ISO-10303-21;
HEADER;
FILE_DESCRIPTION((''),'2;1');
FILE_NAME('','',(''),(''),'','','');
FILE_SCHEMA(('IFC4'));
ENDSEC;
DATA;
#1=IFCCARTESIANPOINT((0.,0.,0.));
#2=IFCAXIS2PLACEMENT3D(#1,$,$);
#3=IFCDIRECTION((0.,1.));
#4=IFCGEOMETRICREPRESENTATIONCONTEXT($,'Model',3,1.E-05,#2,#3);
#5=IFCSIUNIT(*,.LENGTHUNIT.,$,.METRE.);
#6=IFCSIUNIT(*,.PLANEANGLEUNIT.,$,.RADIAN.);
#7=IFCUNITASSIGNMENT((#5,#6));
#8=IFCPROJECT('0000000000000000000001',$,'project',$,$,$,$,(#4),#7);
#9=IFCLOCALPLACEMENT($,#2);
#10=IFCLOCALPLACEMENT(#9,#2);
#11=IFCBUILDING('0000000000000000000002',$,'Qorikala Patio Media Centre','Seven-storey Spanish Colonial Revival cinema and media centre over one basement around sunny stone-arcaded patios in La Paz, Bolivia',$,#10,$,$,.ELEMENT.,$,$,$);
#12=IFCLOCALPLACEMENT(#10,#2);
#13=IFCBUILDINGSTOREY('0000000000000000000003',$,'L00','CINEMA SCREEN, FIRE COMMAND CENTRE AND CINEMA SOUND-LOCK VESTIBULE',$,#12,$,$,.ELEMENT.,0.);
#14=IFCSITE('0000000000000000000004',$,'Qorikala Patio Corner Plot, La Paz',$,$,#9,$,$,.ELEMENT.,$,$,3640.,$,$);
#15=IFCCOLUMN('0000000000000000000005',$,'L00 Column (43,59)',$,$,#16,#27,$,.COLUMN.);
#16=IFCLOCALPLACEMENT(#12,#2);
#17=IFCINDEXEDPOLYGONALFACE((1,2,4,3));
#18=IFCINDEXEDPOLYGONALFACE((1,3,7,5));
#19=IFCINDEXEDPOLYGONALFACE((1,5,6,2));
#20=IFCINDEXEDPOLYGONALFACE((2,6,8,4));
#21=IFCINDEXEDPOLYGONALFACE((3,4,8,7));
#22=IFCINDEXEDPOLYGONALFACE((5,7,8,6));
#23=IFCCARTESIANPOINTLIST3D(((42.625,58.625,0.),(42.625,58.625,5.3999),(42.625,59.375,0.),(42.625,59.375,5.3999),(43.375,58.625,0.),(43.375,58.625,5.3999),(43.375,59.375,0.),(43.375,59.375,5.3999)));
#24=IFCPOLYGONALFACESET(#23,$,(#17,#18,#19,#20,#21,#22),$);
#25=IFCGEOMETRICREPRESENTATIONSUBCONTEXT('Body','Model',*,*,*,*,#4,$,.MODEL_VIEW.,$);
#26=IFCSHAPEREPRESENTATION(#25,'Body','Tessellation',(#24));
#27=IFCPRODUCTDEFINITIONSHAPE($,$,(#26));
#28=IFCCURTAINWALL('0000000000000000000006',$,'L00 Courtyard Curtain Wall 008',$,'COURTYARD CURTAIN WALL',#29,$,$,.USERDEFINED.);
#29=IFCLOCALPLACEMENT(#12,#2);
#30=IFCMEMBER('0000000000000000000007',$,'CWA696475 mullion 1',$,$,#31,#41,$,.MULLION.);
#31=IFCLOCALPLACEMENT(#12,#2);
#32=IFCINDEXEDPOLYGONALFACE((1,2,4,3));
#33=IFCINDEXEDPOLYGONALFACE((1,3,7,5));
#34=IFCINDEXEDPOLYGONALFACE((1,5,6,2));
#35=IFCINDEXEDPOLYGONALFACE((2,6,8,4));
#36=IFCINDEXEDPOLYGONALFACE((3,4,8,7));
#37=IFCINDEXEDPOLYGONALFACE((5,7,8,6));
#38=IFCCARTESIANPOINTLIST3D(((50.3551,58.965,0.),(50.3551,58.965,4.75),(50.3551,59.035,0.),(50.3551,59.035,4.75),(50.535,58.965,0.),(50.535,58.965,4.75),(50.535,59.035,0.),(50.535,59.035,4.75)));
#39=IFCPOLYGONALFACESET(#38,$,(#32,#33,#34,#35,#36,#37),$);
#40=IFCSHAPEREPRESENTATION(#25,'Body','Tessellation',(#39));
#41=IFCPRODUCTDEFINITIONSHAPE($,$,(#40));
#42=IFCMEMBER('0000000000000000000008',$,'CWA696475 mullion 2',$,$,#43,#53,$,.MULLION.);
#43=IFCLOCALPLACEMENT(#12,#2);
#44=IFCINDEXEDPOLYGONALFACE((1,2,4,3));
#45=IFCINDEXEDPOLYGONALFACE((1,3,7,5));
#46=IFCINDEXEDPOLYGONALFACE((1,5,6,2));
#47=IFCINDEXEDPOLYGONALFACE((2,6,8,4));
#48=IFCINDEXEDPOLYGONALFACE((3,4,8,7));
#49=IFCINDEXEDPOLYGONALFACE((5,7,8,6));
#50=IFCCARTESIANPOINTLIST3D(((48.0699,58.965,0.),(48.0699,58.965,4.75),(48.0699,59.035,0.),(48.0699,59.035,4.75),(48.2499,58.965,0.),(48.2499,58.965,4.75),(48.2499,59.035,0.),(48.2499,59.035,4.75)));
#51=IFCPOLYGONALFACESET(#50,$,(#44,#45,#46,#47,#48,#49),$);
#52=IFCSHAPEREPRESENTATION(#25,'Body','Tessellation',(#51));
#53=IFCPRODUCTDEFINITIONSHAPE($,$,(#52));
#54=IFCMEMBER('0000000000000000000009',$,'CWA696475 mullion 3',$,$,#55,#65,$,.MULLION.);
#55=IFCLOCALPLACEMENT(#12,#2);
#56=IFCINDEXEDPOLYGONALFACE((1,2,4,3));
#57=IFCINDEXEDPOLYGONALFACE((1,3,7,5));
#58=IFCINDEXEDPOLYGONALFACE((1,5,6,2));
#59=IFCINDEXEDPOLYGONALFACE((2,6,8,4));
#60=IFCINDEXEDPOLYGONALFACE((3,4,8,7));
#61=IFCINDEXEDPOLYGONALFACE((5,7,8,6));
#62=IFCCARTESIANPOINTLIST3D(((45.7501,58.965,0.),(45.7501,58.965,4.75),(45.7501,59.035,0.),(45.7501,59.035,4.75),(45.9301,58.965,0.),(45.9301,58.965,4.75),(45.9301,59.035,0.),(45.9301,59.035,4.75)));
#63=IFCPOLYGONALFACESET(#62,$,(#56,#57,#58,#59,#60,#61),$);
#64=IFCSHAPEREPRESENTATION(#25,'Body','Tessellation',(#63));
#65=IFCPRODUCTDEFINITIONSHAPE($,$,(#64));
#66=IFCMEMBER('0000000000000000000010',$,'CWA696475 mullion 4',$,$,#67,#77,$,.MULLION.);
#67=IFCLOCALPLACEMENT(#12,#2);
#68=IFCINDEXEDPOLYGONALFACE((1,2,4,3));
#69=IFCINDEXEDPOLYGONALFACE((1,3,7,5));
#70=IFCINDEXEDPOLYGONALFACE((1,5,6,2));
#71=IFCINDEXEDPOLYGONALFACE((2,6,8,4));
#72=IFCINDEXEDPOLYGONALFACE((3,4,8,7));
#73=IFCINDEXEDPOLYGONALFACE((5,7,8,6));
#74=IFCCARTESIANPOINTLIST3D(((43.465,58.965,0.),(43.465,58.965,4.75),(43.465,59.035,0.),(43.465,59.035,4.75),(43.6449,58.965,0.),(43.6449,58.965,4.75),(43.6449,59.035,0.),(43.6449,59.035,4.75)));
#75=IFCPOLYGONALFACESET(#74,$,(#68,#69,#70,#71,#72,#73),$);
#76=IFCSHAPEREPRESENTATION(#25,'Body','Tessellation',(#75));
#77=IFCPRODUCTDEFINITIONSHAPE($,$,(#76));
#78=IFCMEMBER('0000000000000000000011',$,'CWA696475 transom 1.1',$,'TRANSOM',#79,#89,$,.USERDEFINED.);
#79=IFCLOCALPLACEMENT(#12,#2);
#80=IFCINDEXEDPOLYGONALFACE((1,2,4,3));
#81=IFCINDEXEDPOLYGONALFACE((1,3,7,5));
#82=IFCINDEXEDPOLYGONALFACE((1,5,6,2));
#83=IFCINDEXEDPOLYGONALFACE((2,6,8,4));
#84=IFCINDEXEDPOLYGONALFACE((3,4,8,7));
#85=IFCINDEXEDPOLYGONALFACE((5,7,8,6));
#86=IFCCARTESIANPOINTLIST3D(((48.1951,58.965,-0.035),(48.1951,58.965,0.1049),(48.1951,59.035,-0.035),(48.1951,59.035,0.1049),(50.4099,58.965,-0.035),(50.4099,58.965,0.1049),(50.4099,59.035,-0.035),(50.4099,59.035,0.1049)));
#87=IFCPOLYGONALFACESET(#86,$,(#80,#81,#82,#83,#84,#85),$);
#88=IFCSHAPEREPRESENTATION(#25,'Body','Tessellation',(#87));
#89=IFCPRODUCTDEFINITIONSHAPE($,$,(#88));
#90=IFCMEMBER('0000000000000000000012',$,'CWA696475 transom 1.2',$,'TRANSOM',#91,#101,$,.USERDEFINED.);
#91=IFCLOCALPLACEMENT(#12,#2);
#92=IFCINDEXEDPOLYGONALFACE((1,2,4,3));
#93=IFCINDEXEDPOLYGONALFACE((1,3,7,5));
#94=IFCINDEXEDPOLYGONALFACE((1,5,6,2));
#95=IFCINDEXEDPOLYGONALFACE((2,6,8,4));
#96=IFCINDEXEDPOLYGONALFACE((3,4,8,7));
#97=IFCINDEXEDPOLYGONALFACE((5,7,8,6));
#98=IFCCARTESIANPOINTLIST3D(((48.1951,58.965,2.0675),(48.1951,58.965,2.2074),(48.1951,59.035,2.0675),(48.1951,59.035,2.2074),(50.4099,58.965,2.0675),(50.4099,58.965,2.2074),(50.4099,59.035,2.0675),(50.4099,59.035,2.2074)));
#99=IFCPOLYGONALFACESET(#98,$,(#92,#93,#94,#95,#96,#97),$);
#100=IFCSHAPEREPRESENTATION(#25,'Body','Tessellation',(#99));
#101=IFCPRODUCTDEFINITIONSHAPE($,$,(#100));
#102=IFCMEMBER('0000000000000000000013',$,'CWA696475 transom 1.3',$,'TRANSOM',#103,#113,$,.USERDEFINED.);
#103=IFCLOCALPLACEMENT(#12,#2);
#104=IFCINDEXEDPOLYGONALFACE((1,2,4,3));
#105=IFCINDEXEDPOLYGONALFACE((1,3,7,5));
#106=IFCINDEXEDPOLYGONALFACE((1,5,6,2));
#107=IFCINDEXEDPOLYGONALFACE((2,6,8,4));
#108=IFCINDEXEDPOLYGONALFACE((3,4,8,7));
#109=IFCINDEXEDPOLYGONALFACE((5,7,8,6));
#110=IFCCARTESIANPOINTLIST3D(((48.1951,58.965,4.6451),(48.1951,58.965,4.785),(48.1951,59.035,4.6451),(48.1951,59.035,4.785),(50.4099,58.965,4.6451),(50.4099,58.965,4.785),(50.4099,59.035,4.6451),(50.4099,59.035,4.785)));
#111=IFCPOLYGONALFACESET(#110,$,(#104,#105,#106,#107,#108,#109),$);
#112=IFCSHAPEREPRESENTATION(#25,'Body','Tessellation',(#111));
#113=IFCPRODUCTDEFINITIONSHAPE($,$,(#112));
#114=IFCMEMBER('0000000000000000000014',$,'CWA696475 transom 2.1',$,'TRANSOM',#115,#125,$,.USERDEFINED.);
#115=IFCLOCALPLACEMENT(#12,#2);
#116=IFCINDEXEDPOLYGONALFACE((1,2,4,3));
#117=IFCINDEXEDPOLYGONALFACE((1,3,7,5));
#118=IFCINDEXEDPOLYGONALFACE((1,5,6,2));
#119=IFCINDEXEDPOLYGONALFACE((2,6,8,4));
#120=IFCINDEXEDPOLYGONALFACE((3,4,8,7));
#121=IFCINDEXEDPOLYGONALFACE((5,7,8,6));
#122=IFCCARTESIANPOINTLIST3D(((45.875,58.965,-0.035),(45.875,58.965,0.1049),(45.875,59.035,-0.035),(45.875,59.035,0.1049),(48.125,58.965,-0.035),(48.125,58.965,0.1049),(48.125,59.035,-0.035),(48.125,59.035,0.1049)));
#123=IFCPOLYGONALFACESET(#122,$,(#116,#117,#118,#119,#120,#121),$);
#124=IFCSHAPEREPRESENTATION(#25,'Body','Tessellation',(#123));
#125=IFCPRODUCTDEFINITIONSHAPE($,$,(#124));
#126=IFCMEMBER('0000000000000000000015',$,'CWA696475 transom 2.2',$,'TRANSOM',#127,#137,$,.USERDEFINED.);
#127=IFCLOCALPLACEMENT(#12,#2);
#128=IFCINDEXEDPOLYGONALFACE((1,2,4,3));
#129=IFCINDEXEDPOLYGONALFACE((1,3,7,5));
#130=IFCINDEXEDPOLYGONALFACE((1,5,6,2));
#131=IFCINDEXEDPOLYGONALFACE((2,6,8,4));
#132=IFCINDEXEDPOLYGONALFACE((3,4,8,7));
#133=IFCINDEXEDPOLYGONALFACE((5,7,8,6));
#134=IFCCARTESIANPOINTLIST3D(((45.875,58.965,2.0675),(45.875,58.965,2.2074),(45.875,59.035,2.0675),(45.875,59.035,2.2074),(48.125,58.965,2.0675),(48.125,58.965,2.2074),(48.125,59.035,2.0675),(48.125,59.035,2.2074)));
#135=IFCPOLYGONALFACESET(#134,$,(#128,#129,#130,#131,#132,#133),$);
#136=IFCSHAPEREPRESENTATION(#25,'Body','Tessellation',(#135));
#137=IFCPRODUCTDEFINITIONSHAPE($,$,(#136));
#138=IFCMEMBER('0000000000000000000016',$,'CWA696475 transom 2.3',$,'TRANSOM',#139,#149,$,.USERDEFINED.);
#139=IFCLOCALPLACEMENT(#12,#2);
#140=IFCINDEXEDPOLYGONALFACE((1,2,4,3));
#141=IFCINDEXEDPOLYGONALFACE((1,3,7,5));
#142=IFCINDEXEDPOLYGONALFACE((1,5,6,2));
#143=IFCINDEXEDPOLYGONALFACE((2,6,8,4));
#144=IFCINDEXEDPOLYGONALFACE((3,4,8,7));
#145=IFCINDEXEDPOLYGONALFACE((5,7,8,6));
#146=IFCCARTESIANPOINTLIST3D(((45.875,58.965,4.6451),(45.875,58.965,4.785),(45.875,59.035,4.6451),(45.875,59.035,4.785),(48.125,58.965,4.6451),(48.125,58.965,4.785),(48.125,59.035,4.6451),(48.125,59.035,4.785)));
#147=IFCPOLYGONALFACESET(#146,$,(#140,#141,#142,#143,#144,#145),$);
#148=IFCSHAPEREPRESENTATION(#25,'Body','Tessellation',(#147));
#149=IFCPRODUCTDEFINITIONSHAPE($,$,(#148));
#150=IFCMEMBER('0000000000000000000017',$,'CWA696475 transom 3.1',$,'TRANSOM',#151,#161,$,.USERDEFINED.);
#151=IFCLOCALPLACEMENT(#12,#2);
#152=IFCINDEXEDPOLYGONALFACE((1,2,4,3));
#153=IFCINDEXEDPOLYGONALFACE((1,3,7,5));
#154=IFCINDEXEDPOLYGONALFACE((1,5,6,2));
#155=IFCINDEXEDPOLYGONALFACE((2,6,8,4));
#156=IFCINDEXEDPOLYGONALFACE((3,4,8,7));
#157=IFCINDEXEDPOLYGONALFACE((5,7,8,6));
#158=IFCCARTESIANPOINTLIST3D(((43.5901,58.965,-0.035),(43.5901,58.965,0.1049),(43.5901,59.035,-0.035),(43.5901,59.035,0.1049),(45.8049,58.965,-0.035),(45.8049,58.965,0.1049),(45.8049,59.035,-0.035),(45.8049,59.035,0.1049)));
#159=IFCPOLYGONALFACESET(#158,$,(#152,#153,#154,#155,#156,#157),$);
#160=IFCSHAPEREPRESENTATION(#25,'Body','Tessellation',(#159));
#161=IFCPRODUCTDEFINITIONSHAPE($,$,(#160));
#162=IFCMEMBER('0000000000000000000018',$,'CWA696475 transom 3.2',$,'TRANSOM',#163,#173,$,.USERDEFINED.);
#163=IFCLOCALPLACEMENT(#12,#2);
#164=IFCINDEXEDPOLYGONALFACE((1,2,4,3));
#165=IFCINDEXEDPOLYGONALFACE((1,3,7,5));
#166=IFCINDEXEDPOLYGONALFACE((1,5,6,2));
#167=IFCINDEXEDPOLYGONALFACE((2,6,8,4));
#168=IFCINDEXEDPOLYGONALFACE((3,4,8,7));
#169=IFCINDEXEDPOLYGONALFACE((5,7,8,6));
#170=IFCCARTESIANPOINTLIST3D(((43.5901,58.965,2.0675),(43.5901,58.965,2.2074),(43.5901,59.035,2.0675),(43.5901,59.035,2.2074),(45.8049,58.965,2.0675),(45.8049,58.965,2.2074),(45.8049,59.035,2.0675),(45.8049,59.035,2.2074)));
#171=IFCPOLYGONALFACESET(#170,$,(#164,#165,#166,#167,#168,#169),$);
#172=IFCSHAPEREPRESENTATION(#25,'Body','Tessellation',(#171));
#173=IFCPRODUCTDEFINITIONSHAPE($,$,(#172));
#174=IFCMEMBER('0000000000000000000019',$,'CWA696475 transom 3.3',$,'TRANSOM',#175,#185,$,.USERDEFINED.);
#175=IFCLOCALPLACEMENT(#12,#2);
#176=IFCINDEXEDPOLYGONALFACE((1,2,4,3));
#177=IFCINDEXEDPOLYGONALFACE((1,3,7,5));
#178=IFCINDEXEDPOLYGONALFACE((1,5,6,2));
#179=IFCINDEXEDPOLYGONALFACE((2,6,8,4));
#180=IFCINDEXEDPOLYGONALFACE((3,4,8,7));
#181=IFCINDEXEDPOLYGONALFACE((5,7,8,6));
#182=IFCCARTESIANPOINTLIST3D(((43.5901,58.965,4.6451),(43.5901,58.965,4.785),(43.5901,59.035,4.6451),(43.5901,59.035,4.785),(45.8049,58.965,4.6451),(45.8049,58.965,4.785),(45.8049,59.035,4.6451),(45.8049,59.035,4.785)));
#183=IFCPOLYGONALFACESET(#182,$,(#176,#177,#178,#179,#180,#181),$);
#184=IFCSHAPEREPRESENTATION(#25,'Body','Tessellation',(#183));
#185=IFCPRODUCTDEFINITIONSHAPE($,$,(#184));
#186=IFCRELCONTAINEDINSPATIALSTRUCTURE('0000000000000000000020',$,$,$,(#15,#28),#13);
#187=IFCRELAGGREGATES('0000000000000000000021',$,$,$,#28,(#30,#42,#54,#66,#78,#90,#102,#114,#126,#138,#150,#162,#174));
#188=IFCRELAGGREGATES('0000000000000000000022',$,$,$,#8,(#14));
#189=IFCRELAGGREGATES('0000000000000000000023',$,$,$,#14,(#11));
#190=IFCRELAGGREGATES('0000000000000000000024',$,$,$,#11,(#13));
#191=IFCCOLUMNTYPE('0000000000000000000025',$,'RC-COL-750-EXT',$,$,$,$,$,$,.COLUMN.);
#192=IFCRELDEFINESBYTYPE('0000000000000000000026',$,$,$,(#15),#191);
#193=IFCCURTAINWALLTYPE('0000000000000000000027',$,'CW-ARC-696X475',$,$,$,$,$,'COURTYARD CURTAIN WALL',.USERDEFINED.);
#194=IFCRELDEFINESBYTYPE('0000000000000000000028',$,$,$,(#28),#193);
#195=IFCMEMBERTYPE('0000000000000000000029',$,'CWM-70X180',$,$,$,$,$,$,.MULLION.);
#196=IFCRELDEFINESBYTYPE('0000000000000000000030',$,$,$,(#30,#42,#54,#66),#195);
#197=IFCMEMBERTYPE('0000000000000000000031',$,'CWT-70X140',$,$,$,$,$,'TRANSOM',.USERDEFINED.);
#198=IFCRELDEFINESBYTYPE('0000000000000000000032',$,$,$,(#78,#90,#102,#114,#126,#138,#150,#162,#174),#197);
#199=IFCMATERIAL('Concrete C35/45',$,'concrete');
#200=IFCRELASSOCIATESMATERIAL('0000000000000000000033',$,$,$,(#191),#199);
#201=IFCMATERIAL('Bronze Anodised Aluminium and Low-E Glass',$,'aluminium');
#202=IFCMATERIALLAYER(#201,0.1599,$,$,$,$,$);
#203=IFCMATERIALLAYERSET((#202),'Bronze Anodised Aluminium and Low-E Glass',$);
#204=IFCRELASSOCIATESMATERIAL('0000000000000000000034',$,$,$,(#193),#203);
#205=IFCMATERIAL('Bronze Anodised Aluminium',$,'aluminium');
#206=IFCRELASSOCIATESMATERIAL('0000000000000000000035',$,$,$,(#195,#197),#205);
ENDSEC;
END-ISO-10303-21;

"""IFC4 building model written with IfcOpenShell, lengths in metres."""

from ifc_helpers import new_model, si_unit, direction, frame, origin, origin_2d, place, context, subcontext, project, spatial, rectangle, extrude, material, layer, layer_set, material_profile, profile_set, type_object, element, aggregate, save


model = new_model("IFC4")

# Units and contexts
model_context = context("Model", 3, precision=1e-05, world=origin(), true_north=direction((0.0, 1.0)))
body_context = subcontext(model_context, "Body", "Model", "MODEL_VIEW")
ifc_project = project(units=[si_unit("LENGTHUNIT", "METRE"), si_unit("PLANEANGLEUNIT", "RADIAN")], contexts=[model_context])

# Site, building, storey
site_placement = place(None, origin())
site = spatial("IfcSite", under=ifc_project, at=site_placement, Name="Qorikala Patio Corner Plot, La Paz", CompositionType="ELEMENT", RefElevation=3640.0)
building_placement = place(site_placement, origin())
building = spatial("IfcBuilding", under=site, at=building_placement, Name="Qorikala Patio Media Centre", Description="Seven-storey Spanish Colonial Revival cinema and media centre over one basement around sunny stone-arcaded patios in La Paz, Bolivia", CompositionType="ELEMENT")
storey_placement = place(building_placement, origin())
storey = spatial("IfcBuildingStorey", under=building, at=storey_placement, Name="L00", Description="CINEMA SCREEN, FIRE COMMAND CENTRE AND CINEMA SOUND-LOCK VESTIBULE", CompositionType="ELEMENT", Elevation=0.0)

# Column
ifc_material_1 = material(Name="Concrete C35/45", Category="concrete")
ifc_material_profile_1 = material_profile(ifc_material_1, rectangle(XDim=0.75, YDim=0.75, at=origin_2d()), Name="RC 750x750")
ifc_profile_set_1 = profile_set([ifc_material_profile_1], Name="Concrete C35/45")
column_type = type_object("IfcColumnType", Name="RC-COL-750-EXT", PredefinedType="COLUMN", material=ifc_profile_set_1)
column_placement = place(storey_placement, frame((43.0, 59.0, 0.0), z_axis=(0.0, 0.0, 1.0), x_axis=(1.0, 0.0, 0.0)))
element("IfcColumn", 1, at=column_placement, inside=storey, type_object=column_type, Name="L00 Column (43,59)", PredefinedType="COLUMN", context=body_context, shape_type="SweptSolid", body=[
    extrude(rectangle(XDim=0.75, YDim=0.75, at=origin_2d()), origin(), (0.0, 0.0, 1.0), 5.3999),
])

# Curtain wall, members
ifc_material_2 = material(Name="Bronze Anodised Aluminium and Low-E Glass", Category="aluminium")
ifc_layer_1 = layer(ifc_material_2, 0.1599)
ifc_layer_set_1 = layer_set([ifc_layer_1], Name="Bronze Anodised Aluminium and Low-E Glass")
curtain_wall_type = type_object("IfcCurtainWallType", Name="CW-ARC-696X475", ElementType="COURTYARD CURTAIN WALL", PredefinedType="USERDEFINED", material=ifc_layer_set_1)
curtain_wall_placement = place(storey_placement, origin())
curtain_wall = element("IfcCurtainWall", 2, at=curtain_wall_placement, inside=storey, type_object=curtain_wall_type, Name="L00 Courtyard Curtain Wall 008", ObjectType="COURTYARD CURTAIN WALL", PredefinedType="USERDEFINED")
ifc_material_3 = material(Name="Bronze Anodised Aluminium", Category="aluminium")
ifc_material_profile_2 = material_profile(ifc_material_3, rectangle(XDim=0.0701, YDim=0.1799, at=origin_2d()), Name="ALU MULLION 70x180")
ifc_profile_set_2 = profile_set([ifc_material_profile_2], Name="Bronze Anodised Aluminium")
member_type_1 = type_object("IfcMemberType", Name="CWM-70X180", PredefinedType="MULLION", material=ifc_profile_set_2)
member_1_placement = place(storey_placement, frame((50.4451, 59.0, 0.0), z_axis=(0.0, 0.0, 1.0), x_axis=(0.0, -1.0, 0.0)))
member_1 = element("IfcMember", 3, at=member_1_placement, type_object=member_type_1, Name="CWA696475 mullion 1", PredefinedType="MULLION", context=body_context, shape_type="SweptSolid", body=[
    extrude(rectangle(XDim=0.0701, YDim=0.1799, at=origin_2d()), origin(), (0.0, 0.0, 1.0), 4.75),
])
member_2_placement = place(storey_placement, frame((48.1599, 59.0, 0.0), z_axis=(0.0, 0.0, 1.0), x_axis=(0.0, -1.0, 0.0)))
member_2 = element("IfcMember", 4, at=member_2_placement, type_object=member_type_1, Name="CWA696475 mullion 2", PredefinedType="MULLION", context=body_context, shape_type="SweptSolid", body=[
    extrude(rectangle(XDim=0.0701, YDim=0.1799, at=origin_2d()), origin(), (0.0, 0.0, 1.0), 4.75),
])
member_3_placement = place(storey_placement, frame((45.8401, 59.0, 0.0), z_axis=(0.0, 0.0, 1.0), x_axis=(0.0, -1.0, 0.0)))
member_3 = element("IfcMember", 5, at=member_3_placement, type_object=member_type_1, Name="CWA696475 mullion 3", PredefinedType="MULLION", context=body_context, shape_type="SweptSolid", body=[
    extrude(rectangle(XDim=0.0701, YDim=0.1799, at=origin_2d()), origin(), (0.0, 0.0, 1.0), 4.75),
])
member_4_placement = place(storey_placement, frame((43.5549, 59.0, 0.0), z_axis=(0.0, 0.0, 1.0), x_axis=(0.0, -1.0, 0.0)))
member_4 = element("IfcMember", 6, at=member_4_placement, type_object=member_type_1, Name="CWA696475 mullion 4", PredefinedType="MULLION", context=body_context, shape_type="SweptSolid", body=[
    extrude(rectangle(XDim=0.0701, YDim=0.1799, at=origin_2d()), origin(), (0.0, 0.0, 1.0), 4.75),
])
ifc_material_profile_3 = material_profile(ifc_material_3, rectangle(XDim=0.0701, YDim=0.1399, at=origin_2d()), Name="ALU TRANSOM 70x140")
ifc_profile_set_3 = profile_set([ifc_material_profile_3], Name="Bronze Anodised Aluminium")
member_type_2 = type_object("IfcMemberType", Name="CWT-70X140", ElementType="TRANSOM", PredefinedType="USERDEFINED", material=ifc_profile_set_3)
member_5_placement = place(storey_placement, frame((50.4099, 59.0, 0.0349), z_axis=(-1.0, 0.0, 0.0), x_axis=(0.0, -1.0, 0.0)))
member_5 = element("IfcMember", 7, at=member_5_placement, type_object=member_type_2, Name="CWA696475 transom 1.1", ObjectType="TRANSOM", PredefinedType="USERDEFINED", context=body_context, shape_type="SweptSolid", body=[
    extrude(rectangle(XDim=0.0701, YDim=0.1399, at=origin_2d()), origin(), (0.0, 0.0, 1.0), 2.2148),
])
member_6_placement = place(storey_placement, frame((50.4099, 59.0, 2.1375), z_axis=(-1.0, 0.0, 0.0), x_axis=(0.0, -1.0, 0.0)))
member_6 = element("IfcMember", 8, at=member_6_placement, type_object=member_type_2, Name="CWA696475 transom 1.2", ObjectType="TRANSOM", PredefinedType="USERDEFINED", context=body_context, shape_type="SweptSolid", body=[
    extrude(rectangle(XDim=0.0701, YDim=0.1399, at=origin_2d()), origin(), (0.0, 0.0, 1.0), 2.2148),
])
member_7_placement = place(storey_placement, frame((50.4099, 59.0, 4.7151), z_axis=(-1.0, 0.0, 0.0), x_axis=(0.0, -1.0, 0.0)))
member_7 = element("IfcMember", 9, at=member_7_placement, type_object=member_type_2, Name="CWA696475 transom 1.3", ObjectType="TRANSOM", PredefinedType="USERDEFINED", context=body_context, shape_type="SweptSolid", body=[
    extrude(rectangle(XDim=0.0701, YDim=0.1399, at=origin_2d()), origin(), (0.0, 0.0, 1.0), 2.2148),
])
member_8_placement = place(storey_placement, frame((48.125, 59.0, 0.0349), z_axis=(-1.0, 0.0, 0.0), x_axis=(0.0, -1.0, 0.0)))
member_8 = element("IfcMember", 10, at=member_8_placement, type_object=member_type_2, Name="CWA696475 transom 2.1", ObjectType="TRANSOM", PredefinedType="USERDEFINED", context=body_context, shape_type="SweptSolid", body=[
    extrude(rectangle(XDim=0.0701, YDim=0.1399, at=origin_2d()), origin(), (0.0, 0.0, 1.0), 2.25),
])
member_9_placement = place(storey_placement, frame((48.125, 59.0, 2.1375), z_axis=(-1.0, 0.0, 0.0), x_axis=(0.0, -1.0, 0.0)))
member_9 = element("IfcMember", 11, at=member_9_placement, type_object=member_type_2, Name="CWA696475 transom 2.2", ObjectType="TRANSOM", PredefinedType="USERDEFINED", context=body_context, shape_type="SweptSolid", body=[
    extrude(rectangle(XDim=0.0701, YDim=0.1399, at=origin_2d()), origin(), (0.0, 0.0, 1.0), 2.25),
])
member_10_placement = place(storey_placement, frame((48.125, 59.0, 4.7151), z_axis=(-1.0, 0.0, 0.0), x_axis=(0.0, -1.0, 0.0)))
member_10 = element("IfcMember", 12, at=member_10_placement, type_object=member_type_2, Name="CWA696475 transom 2.3", ObjectType="TRANSOM", PredefinedType="USERDEFINED", context=body_context, shape_type="SweptSolid", body=[
    extrude(rectangle(XDim=0.0701, YDim=0.1399, at=origin_2d()), origin(), (0.0, 0.0, 1.0), 2.25),
])
member_11_placement = place(storey_placement, frame((45.8049, 59.0, 0.0349), z_axis=(-1.0, 0.0, 0.0), x_axis=(0.0, -1.0, 0.0)))
member_11 = element("IfcMember", 13, at=member_11_placement, type_object=member_type_2, Name="CWA696475 transom 3.1", ObjectType="TRANSOM", PredefinedType="USERDEFINED", context=body_context, shape_type="SweptSolid", body=[
    extrude(rectangle(XDim=0.0701, YDim=0.1399, at=origin_2d()), origin(), (0.0, 0.0, 1.0), 2.2148),
])
member_12_placement = place(storey_placement, frame((45.8049, 59.0, 2.1375), z_axis=(-1.0, 0.0, 0.0), x_axis=(0.0, -1.0, 0.0)))
member_12 = element("IfcMember", 14, at=member_12_placement, type_object=member_type_2, Name="CWA696475 transom 3.2", ObjectType="TRANSOM", PredefinedType="USERDEFINED", context=body_context, shape_type="SweptSolid", body=[
    extrude(rectangle(XDim=0.0701, YDim=0.1399, at=origin_2d()), origin(), (0.0, 0.0, 1.0), 2.2148),
])
member_13_placement = place(storey_placement, frame((45.8049, 59.0, 4.7151), z_axis=(-1.0, 0.0, 0.0), x_axis=(0.0, -1.0, 0.0)))
member_13 = element("IfcMember", 15, at=member_13_placement, type_object=member_type_2, Name="CWA696475 transom 3.3", ObjectType="TRANSOM", PredefinedType="USERDEFINED", context=body_context, shape_type="SweptSolid", body=[
    extrude(rectangle(XDim=0.0701, YDim=0.1399, at=origin_2d()), origin(), (0.0, 0.0, 1.0), 2.2148),
])

aggregate(curtain_wall, [member_1, member_2, member_3, member_4, member_5, member_6, member_7, member_8, member_9, member_10, member_11, member_12, member_13])

save(model, "model.ifc")
